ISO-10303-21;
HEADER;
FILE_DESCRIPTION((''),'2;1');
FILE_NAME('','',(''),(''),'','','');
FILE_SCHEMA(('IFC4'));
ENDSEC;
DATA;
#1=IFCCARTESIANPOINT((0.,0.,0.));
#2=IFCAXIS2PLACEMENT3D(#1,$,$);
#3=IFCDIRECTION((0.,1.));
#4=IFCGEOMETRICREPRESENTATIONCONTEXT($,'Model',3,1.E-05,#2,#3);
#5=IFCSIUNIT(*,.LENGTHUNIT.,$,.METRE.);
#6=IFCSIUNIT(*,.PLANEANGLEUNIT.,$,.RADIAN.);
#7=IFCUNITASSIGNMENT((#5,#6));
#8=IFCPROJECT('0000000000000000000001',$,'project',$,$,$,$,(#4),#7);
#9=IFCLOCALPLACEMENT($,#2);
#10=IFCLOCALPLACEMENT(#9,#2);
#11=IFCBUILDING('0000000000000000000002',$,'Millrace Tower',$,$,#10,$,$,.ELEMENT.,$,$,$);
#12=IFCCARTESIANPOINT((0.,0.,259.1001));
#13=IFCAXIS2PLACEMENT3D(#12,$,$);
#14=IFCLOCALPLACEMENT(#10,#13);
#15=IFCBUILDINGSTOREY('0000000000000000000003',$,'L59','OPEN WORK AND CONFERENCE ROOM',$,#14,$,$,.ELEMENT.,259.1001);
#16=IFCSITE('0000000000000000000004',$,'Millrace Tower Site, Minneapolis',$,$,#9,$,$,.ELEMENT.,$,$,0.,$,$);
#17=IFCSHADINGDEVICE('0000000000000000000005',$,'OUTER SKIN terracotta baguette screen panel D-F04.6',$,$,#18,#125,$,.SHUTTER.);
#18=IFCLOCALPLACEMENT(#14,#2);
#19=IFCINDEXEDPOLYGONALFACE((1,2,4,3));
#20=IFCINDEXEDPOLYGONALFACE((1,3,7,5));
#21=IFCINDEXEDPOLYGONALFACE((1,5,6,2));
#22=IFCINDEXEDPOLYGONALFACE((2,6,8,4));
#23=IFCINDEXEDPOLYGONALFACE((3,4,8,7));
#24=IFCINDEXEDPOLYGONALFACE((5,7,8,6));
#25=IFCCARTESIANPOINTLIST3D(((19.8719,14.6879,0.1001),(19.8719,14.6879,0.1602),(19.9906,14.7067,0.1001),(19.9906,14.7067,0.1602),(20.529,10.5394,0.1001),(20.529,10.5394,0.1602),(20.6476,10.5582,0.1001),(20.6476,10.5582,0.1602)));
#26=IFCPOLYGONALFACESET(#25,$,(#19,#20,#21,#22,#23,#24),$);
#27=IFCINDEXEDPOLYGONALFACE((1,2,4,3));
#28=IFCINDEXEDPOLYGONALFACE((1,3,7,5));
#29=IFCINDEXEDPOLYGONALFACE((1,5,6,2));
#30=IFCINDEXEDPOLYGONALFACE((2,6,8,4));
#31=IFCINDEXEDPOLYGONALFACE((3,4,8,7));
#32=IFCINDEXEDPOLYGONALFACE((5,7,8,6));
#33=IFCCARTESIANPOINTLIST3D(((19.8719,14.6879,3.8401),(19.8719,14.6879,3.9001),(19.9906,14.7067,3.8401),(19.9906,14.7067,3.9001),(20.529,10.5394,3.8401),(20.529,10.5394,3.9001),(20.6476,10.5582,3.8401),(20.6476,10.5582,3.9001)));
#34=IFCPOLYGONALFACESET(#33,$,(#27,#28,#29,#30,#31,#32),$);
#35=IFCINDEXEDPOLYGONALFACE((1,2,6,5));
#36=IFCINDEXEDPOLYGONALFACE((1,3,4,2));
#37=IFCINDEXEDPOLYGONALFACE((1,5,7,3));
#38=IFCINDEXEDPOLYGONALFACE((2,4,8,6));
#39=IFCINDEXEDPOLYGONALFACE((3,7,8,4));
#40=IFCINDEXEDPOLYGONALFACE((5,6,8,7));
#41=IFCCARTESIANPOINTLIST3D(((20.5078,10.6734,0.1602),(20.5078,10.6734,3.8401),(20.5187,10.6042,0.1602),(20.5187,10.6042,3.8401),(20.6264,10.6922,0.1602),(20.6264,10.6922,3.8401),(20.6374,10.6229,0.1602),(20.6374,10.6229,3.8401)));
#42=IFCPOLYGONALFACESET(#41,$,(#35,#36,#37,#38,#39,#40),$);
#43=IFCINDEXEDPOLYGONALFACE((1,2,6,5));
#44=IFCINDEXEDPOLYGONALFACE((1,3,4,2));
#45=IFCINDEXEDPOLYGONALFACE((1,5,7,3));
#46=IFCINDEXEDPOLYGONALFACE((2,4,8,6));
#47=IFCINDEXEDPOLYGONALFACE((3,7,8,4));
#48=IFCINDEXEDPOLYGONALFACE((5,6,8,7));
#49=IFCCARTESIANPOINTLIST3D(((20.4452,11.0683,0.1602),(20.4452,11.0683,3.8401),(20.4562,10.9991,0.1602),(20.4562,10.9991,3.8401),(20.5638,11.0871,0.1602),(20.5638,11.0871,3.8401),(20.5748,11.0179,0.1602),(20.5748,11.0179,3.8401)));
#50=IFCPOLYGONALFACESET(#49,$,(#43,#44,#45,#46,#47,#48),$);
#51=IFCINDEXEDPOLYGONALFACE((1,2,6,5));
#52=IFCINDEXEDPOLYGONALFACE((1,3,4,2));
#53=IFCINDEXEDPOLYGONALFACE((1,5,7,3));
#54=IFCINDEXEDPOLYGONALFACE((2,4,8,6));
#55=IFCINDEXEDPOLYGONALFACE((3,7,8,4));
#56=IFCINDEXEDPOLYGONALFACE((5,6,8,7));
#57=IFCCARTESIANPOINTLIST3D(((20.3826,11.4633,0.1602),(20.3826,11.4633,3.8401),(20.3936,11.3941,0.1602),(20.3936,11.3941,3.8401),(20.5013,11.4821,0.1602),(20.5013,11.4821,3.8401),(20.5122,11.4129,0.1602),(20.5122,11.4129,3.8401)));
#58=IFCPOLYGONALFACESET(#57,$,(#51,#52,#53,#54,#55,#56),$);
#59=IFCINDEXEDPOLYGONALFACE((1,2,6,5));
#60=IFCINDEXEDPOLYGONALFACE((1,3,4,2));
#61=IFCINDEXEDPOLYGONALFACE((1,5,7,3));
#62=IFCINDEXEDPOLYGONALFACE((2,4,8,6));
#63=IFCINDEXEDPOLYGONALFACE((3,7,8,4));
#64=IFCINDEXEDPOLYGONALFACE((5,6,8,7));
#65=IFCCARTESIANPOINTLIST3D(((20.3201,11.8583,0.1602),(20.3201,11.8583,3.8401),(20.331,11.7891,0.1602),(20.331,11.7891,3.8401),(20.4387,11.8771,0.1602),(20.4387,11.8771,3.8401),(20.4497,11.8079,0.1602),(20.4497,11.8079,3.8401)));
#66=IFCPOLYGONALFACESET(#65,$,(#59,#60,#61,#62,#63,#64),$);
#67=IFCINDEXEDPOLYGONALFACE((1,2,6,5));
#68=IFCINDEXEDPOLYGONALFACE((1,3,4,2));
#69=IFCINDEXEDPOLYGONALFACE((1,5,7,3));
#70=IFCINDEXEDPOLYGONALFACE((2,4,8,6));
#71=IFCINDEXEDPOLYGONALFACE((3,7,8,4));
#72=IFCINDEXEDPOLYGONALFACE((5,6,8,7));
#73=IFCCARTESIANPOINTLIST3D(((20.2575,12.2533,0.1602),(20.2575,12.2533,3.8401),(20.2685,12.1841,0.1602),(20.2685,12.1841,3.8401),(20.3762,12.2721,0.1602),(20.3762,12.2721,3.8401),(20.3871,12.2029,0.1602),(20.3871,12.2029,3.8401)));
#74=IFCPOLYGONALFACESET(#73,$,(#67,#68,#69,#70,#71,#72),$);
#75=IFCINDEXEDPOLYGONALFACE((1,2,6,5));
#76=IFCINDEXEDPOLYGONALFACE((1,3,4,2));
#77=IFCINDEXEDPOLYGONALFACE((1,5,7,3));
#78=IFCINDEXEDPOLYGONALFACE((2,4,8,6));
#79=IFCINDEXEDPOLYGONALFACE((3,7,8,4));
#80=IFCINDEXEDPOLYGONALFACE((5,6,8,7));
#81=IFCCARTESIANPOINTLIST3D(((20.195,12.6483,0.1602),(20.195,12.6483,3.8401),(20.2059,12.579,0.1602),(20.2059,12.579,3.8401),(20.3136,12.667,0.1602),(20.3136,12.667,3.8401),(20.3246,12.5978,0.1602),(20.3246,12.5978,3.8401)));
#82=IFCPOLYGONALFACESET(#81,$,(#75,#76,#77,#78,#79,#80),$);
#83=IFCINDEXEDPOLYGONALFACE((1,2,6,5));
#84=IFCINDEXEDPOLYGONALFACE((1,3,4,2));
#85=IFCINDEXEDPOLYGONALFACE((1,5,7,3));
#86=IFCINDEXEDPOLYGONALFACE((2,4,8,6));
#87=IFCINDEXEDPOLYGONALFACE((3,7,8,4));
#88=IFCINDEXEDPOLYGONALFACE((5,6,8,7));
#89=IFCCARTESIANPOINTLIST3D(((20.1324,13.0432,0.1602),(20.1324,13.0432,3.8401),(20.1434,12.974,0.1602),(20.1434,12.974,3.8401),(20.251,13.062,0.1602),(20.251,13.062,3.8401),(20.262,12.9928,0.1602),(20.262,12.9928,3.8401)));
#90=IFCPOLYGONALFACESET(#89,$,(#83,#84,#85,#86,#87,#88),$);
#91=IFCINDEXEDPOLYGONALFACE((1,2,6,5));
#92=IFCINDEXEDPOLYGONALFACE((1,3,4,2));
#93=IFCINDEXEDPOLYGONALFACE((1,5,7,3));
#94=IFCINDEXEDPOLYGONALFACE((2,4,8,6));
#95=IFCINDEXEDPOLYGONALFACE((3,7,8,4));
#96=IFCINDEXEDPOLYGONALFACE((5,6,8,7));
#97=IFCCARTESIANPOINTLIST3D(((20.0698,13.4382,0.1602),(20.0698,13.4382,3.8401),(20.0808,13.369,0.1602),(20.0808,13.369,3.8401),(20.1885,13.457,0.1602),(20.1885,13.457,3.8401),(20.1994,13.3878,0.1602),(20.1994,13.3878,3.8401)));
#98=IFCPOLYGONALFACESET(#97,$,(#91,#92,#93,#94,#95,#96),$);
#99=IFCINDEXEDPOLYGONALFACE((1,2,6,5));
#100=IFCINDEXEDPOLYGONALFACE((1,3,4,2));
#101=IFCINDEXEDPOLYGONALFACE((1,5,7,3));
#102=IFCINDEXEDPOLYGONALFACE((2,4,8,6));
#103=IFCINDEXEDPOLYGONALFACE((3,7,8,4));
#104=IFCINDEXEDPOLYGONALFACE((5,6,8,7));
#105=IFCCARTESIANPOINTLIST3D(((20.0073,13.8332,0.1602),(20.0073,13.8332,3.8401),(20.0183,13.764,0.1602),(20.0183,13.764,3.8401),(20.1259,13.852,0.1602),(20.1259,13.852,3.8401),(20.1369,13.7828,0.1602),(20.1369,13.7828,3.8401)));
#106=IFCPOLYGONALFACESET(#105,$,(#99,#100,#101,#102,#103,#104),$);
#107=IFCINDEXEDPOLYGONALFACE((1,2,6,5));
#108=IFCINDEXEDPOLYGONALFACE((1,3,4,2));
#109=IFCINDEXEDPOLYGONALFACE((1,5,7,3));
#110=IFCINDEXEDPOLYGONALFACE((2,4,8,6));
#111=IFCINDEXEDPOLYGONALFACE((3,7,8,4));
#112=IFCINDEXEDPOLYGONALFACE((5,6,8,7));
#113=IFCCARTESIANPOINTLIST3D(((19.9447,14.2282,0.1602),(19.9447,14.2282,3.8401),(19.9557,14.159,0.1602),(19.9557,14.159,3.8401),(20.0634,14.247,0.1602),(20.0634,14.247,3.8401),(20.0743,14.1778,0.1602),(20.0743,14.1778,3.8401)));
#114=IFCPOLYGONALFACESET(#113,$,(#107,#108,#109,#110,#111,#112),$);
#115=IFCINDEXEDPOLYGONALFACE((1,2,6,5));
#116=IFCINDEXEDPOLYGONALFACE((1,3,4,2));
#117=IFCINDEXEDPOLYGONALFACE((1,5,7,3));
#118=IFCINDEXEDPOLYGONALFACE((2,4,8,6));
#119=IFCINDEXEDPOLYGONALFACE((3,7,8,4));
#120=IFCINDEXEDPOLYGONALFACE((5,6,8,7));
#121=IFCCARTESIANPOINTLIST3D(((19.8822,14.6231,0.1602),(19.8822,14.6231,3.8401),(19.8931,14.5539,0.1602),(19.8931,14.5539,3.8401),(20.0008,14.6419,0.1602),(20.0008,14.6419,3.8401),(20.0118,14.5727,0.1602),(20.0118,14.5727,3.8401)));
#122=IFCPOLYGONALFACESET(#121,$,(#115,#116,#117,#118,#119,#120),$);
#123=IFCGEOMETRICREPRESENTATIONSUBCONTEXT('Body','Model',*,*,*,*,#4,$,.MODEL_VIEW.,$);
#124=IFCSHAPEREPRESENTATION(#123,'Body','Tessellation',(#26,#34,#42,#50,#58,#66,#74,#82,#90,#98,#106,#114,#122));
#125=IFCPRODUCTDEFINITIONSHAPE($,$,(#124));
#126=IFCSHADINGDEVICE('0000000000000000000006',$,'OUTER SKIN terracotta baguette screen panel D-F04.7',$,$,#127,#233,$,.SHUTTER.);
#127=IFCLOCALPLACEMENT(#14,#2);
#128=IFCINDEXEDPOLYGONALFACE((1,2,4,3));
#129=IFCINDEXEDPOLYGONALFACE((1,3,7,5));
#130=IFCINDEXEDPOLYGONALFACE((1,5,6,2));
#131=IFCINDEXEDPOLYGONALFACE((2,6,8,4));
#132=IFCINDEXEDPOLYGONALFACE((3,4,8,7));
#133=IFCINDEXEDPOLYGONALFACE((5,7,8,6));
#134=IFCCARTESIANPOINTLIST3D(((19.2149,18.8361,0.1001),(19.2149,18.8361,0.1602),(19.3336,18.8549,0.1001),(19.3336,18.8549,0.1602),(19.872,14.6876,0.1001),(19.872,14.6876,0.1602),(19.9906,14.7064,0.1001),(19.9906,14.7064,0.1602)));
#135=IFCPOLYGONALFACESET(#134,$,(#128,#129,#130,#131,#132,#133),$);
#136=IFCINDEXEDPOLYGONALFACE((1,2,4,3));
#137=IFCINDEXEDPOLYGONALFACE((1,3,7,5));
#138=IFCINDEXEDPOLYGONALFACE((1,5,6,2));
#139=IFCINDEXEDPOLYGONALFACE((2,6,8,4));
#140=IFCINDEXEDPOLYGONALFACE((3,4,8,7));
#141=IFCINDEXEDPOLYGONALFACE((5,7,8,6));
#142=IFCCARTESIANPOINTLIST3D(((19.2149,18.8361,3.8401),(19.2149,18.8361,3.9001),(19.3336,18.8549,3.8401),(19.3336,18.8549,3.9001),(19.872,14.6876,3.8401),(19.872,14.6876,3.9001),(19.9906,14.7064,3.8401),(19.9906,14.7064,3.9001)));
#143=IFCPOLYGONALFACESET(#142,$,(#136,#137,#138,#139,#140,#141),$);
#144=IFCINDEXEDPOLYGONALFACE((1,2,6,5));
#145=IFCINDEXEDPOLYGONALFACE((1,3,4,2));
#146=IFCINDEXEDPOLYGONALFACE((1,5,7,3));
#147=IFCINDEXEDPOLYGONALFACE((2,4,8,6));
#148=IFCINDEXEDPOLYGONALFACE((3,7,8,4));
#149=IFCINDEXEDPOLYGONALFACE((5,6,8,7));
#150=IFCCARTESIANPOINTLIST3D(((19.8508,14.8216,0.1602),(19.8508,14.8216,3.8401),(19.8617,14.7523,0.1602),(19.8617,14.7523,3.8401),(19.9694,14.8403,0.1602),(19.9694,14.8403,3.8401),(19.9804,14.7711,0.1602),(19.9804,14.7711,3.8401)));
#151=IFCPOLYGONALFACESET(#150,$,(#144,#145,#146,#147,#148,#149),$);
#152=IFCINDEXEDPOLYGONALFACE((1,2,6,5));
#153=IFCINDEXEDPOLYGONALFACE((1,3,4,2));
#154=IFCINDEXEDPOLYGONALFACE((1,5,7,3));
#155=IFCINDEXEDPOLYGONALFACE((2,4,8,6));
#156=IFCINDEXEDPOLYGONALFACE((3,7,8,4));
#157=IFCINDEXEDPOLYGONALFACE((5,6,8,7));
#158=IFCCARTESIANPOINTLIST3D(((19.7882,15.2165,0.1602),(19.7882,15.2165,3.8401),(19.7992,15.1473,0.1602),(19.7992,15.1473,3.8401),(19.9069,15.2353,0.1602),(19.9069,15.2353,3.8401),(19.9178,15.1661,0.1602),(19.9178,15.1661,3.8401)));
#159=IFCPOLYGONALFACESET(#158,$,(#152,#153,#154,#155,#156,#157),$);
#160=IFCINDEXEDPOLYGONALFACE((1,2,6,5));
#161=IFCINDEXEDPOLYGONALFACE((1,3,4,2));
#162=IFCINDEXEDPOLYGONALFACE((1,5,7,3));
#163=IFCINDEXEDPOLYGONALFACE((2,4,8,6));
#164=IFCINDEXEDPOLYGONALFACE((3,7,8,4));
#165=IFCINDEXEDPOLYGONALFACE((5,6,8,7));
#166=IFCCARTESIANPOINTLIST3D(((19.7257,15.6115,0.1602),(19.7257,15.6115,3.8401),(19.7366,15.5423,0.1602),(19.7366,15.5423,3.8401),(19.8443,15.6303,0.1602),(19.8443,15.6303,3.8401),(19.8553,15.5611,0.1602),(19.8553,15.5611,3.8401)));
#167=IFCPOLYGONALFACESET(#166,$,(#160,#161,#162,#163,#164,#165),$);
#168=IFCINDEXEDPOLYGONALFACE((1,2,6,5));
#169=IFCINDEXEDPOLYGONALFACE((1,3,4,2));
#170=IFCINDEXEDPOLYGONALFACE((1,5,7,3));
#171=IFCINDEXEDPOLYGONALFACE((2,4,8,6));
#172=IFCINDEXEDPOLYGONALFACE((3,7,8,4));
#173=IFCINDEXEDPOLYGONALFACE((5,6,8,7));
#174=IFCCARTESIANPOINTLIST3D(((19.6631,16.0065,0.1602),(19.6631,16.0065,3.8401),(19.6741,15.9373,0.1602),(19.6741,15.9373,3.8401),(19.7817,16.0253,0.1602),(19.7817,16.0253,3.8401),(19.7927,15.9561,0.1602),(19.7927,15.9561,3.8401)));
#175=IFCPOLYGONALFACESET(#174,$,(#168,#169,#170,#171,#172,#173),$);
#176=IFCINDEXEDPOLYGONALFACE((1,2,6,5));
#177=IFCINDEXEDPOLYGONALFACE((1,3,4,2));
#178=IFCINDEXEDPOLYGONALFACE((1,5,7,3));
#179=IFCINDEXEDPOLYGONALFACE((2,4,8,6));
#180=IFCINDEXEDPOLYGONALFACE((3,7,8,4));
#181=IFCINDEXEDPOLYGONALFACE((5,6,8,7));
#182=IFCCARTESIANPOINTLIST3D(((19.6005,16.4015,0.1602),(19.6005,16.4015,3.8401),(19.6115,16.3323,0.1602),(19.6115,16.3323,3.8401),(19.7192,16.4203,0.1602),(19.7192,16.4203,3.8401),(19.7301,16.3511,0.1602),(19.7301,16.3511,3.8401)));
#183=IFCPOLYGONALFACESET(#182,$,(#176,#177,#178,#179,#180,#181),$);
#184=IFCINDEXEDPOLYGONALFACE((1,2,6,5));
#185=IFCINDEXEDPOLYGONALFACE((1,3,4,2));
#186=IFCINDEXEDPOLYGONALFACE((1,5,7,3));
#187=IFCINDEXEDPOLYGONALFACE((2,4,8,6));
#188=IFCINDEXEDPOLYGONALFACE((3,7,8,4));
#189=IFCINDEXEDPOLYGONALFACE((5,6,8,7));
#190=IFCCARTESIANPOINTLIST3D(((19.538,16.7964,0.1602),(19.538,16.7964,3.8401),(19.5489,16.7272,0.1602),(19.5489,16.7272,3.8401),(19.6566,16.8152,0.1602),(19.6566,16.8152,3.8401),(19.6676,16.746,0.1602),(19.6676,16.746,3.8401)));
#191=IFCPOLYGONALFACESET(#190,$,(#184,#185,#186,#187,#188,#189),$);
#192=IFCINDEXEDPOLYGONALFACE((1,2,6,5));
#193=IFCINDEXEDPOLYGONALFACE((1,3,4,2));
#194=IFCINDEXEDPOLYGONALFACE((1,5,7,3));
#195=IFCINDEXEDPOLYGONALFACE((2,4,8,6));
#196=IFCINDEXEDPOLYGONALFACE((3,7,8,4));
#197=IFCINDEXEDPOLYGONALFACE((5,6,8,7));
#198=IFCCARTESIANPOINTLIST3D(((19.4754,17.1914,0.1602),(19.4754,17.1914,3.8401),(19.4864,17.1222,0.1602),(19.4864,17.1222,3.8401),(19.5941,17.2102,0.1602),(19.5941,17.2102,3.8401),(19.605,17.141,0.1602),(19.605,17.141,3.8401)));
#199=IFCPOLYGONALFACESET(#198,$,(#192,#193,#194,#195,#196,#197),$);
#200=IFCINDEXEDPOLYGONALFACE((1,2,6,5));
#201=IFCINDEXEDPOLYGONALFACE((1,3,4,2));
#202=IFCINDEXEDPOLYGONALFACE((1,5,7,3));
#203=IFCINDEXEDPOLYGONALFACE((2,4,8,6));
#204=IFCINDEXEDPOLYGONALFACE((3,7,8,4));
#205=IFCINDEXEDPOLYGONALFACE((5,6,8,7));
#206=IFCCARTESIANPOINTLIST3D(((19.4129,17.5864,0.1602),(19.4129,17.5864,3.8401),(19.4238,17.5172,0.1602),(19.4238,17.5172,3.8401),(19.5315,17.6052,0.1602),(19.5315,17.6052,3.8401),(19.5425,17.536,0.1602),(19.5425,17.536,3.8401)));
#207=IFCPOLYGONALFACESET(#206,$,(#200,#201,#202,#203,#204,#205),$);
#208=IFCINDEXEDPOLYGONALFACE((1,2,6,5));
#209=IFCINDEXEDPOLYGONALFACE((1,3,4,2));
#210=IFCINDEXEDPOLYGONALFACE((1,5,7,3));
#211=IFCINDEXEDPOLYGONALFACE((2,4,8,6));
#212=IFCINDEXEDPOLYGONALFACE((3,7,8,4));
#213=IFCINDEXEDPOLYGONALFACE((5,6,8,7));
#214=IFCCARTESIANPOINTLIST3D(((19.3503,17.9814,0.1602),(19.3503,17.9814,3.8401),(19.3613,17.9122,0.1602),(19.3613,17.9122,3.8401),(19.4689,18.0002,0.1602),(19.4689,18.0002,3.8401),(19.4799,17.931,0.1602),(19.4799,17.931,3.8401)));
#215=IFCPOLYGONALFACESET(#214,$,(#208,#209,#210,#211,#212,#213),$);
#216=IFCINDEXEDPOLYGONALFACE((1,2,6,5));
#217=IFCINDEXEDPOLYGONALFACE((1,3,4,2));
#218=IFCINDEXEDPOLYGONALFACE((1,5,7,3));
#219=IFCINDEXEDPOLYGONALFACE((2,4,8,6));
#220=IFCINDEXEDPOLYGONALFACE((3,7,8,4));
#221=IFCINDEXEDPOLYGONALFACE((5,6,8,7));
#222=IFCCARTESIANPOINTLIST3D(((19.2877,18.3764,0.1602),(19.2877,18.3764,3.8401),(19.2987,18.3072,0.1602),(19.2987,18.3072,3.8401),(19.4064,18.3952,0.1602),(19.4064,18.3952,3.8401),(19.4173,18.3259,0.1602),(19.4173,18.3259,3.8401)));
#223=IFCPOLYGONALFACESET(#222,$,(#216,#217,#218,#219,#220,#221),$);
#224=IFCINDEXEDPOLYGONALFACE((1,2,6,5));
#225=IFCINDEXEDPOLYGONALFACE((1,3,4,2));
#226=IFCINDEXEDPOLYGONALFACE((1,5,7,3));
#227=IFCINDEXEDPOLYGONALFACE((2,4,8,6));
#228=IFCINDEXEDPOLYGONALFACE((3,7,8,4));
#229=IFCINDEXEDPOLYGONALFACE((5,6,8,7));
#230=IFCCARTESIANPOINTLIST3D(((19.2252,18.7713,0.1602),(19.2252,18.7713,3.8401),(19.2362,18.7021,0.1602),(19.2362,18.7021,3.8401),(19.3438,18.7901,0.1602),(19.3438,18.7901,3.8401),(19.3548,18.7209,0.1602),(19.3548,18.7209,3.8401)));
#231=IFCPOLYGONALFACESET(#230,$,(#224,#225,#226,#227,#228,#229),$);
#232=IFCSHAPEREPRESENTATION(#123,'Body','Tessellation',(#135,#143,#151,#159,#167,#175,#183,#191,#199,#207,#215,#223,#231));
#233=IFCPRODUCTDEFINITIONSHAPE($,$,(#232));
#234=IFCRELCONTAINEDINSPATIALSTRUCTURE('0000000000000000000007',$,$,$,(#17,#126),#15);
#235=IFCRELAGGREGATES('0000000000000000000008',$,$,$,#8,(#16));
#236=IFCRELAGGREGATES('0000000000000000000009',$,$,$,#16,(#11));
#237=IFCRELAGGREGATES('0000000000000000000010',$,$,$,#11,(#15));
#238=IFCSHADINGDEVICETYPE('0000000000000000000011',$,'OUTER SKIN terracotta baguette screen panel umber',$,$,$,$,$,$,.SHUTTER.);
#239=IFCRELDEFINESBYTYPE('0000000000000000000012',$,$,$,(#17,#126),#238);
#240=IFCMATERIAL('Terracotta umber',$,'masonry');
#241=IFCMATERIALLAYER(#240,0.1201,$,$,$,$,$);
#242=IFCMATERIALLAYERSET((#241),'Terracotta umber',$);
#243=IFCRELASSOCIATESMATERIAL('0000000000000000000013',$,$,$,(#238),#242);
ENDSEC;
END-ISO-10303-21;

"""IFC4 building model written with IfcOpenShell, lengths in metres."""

from ifc_helpers import new_model, entity, si_unit, direction, frame, frame_2d, origin, origin_2d, place, context, subcontext, project, spatial, rectangle, extrude, source, transform, mapped, material, layer, layer_set, type_object, element, save


model = new_model("IFC4")

# Units and contexts
model_context = context("Model", 3, precision=1e-05, world=origin(), true_north=direction((0.0, 1.0)))
body_context = subcontext(model_context, "Body", "Model", "MODEL_VIEW")
ifc_project = project(units=[si_unit("LENGTHUNIT", "METRE"), si_unit("PLANEANGLEUNIT", "RADIAN")], contexts=[model_context])

# Site, building, storey
site_placement = place(None, origin())
site = spatial("IfcSite", under=ifc_project, at=site_placement, Name="Millrace Tower Site, Minneapolis", CompositionType="ELEMENT", RefElevation=0.0)
building_placement = place(site_placement, origin())
building = spatial("IfcBuilding", under=site, at=building_placement, Name="Millrace Tower", CompositionType="ELEMENT")
storey_placement = place(building_placement, frame((0.0, 0.0, 259.1001)))
storey = spatial("IfcBuildingStorey", under=building, at=storey_placement, Name="L59", Description="OPEN WORK AND CONFERENCE ROOM", CompositionType="ELEMENT", Elevation=259.1001)

# Shading devices
ifc_material_1 = material(Name="Terracotta umber", Category="masonry")
ifc_layer_1 = layer(ifc_material_1, 0.1201)
ifc_layer_set_1 = layer_set([ifc_layer_1], Name="Terracotta umber")
shading_device_type = type_object("IfcShadingDeviceType", Name="OUTER SKIN terracotta baguette screen panel umber", PredefinedType="SHUTTER", material=ifc_layer_set_1)
cartesian_point = entity("IfcCartesianPoint", [-2.1001, 0.0601])
shared_polyline = entity("IfcPolyline", [cartesian_point, entity("IfcCartesianPoint", [2.1001, 0.0601]), entity("IfcCartesianPoint", [2.1001, -0.0601]), entity("IfcCartesianPoint", [-2.1001, -0.0601]), cartesian_point])
shared_shape = source(origin(), body_context, "Body", "SweptSolid", [
    entity("IfcExtrudedAreaSolid", entity("IfcArbitraryClosedProfileDef", "AREA", None, shared_polyline), entity("IfcAxis2Placement3D", entity("IfcCartesianPoint", [0.0, 0.0, 0.0])), entity("IfcDirection", [0.0, 0.0, 1.0]), 0.0601),
    entity("IfcExtrudedAreaSolid", entity("IfcArbitraryClosedProfileDef", "AREA", None, shared_polyline), entity("IfcAxis2Placement3D", entity("IfcCartesianPoint", [0.0, 0.0, 3.74])), entity("IfcDirection", [0.0, 0.0, 1.0]), 0.0601),
    extrude(rectangle(XDim=0.0701, YDim=0.1201, at=frame_2d((-1.9995, 0.0))), frame((0.0, 0.0, 0.0601)), (0.0, 0.0, 1.0), 3.6799),
    extrude(rectangle(XDim=0.0701, YDim=0.1201, at=frame_2d((-1.5996, 0.0))), frame((0.0, 0.0, 0.0601)), (0.0, 0.0, 1.0), 3.6799),
    extrude(rectangle(XDim=0.0701, YDim=0.1201, at=frame_2d((-1.1997, 0.0))), frame((0.0, 0.0, 0.0601)), (0.0, 0.0, 1.0), 3.6799),
    extrude(rectangle(XDim=0.0701, YDim=0.1201, at=frame_2d((-0.7998, 0.0))), frame((0.0, 0.0, 0.0601)), (0.0, 0.0, 1.0), 3.6799),
    extrude(rectangle(XDim=0.0701, YDim=0.1201, at=frame_2d((-0.3999, 0.0))), frame((0.0, 0.0, 0.0601)), (0.0, 0.0, 1.0), 3.6799),
    extrude(rectangle(XDim=0.0701, YDim=0.1201, at=origin_2d()), frame((0.0, 0.0, 0.0601)), (0.0, 0.0, 1.0), 3.6799),
    extrude(rectangle(XDim=0.0701, YDim=0.1201, at=frame_2d((0.3999, 0.0))), frame((0.0, 0.0, 0.0601)), (0.0, 0.0, 1.0), 3.6799),
    extrude(rectangle(XDim=0.0701, YDim=0.1201, at=frame_2d((0.7998, 0.0))), frame((0.0, 0.0, 0.0601)), (0.0, 0.0, 1.0), 3.6799),
    extrude(rectangle(XDim=0.0701, YDim=0.1201, at=frame_2d((1.1997, 0.0))), frame((0.0, 0.0, 0.0601)), (0.0, 0.0, 1.0), 3.6799),
    extrude(rectangle(XDim=0.0701, YDim=0.1201, at=frame_2d((1.5996, 0.0))), frame((0.0, 0.0, 0.0601)), (0.0, 0.0, 1.0), 3.6799),
    extrude(rectangle(XDim=0.0701, YDim=0.1201, at=frame_2d((1.9995, 0.0))), frame((0.0, 0.0, 0.0601)), (0.0, 0.0, 1.0), 3.6799),
])
for number, where, z_axis, x_axis, name in (
    (1, (20.2598, 12.623, 0.1001), (0.0, 0.0, 1.0), (-0.156434, 0.987688, 0.0), "OUTER SKIN terracotta baguette screen panel D-F04.6"),
    (2, (19.6028, 16.7712, 0.1001), (0.0, 0.0, 1.0), (-0.156434, 0.987688, 0.0), "OUTER SKIN terracotta baguette screen panel D-F04.7"),
):
    element("IfcShadingDevice", number, at=place(storey_placement, frame(where, z_axis=z_axis, x_axis=x_axis)), inside=storey, type_object=shading_device_type, Name=name, PredefinedType="SHUTTER", context=body_context, shape_type="MappedRepresentation", body=[
        mapped(shared_shape, transform((0.0, 0.0, 0.0), scale=1.0)),
    ])

save(model, "model.ifc")
